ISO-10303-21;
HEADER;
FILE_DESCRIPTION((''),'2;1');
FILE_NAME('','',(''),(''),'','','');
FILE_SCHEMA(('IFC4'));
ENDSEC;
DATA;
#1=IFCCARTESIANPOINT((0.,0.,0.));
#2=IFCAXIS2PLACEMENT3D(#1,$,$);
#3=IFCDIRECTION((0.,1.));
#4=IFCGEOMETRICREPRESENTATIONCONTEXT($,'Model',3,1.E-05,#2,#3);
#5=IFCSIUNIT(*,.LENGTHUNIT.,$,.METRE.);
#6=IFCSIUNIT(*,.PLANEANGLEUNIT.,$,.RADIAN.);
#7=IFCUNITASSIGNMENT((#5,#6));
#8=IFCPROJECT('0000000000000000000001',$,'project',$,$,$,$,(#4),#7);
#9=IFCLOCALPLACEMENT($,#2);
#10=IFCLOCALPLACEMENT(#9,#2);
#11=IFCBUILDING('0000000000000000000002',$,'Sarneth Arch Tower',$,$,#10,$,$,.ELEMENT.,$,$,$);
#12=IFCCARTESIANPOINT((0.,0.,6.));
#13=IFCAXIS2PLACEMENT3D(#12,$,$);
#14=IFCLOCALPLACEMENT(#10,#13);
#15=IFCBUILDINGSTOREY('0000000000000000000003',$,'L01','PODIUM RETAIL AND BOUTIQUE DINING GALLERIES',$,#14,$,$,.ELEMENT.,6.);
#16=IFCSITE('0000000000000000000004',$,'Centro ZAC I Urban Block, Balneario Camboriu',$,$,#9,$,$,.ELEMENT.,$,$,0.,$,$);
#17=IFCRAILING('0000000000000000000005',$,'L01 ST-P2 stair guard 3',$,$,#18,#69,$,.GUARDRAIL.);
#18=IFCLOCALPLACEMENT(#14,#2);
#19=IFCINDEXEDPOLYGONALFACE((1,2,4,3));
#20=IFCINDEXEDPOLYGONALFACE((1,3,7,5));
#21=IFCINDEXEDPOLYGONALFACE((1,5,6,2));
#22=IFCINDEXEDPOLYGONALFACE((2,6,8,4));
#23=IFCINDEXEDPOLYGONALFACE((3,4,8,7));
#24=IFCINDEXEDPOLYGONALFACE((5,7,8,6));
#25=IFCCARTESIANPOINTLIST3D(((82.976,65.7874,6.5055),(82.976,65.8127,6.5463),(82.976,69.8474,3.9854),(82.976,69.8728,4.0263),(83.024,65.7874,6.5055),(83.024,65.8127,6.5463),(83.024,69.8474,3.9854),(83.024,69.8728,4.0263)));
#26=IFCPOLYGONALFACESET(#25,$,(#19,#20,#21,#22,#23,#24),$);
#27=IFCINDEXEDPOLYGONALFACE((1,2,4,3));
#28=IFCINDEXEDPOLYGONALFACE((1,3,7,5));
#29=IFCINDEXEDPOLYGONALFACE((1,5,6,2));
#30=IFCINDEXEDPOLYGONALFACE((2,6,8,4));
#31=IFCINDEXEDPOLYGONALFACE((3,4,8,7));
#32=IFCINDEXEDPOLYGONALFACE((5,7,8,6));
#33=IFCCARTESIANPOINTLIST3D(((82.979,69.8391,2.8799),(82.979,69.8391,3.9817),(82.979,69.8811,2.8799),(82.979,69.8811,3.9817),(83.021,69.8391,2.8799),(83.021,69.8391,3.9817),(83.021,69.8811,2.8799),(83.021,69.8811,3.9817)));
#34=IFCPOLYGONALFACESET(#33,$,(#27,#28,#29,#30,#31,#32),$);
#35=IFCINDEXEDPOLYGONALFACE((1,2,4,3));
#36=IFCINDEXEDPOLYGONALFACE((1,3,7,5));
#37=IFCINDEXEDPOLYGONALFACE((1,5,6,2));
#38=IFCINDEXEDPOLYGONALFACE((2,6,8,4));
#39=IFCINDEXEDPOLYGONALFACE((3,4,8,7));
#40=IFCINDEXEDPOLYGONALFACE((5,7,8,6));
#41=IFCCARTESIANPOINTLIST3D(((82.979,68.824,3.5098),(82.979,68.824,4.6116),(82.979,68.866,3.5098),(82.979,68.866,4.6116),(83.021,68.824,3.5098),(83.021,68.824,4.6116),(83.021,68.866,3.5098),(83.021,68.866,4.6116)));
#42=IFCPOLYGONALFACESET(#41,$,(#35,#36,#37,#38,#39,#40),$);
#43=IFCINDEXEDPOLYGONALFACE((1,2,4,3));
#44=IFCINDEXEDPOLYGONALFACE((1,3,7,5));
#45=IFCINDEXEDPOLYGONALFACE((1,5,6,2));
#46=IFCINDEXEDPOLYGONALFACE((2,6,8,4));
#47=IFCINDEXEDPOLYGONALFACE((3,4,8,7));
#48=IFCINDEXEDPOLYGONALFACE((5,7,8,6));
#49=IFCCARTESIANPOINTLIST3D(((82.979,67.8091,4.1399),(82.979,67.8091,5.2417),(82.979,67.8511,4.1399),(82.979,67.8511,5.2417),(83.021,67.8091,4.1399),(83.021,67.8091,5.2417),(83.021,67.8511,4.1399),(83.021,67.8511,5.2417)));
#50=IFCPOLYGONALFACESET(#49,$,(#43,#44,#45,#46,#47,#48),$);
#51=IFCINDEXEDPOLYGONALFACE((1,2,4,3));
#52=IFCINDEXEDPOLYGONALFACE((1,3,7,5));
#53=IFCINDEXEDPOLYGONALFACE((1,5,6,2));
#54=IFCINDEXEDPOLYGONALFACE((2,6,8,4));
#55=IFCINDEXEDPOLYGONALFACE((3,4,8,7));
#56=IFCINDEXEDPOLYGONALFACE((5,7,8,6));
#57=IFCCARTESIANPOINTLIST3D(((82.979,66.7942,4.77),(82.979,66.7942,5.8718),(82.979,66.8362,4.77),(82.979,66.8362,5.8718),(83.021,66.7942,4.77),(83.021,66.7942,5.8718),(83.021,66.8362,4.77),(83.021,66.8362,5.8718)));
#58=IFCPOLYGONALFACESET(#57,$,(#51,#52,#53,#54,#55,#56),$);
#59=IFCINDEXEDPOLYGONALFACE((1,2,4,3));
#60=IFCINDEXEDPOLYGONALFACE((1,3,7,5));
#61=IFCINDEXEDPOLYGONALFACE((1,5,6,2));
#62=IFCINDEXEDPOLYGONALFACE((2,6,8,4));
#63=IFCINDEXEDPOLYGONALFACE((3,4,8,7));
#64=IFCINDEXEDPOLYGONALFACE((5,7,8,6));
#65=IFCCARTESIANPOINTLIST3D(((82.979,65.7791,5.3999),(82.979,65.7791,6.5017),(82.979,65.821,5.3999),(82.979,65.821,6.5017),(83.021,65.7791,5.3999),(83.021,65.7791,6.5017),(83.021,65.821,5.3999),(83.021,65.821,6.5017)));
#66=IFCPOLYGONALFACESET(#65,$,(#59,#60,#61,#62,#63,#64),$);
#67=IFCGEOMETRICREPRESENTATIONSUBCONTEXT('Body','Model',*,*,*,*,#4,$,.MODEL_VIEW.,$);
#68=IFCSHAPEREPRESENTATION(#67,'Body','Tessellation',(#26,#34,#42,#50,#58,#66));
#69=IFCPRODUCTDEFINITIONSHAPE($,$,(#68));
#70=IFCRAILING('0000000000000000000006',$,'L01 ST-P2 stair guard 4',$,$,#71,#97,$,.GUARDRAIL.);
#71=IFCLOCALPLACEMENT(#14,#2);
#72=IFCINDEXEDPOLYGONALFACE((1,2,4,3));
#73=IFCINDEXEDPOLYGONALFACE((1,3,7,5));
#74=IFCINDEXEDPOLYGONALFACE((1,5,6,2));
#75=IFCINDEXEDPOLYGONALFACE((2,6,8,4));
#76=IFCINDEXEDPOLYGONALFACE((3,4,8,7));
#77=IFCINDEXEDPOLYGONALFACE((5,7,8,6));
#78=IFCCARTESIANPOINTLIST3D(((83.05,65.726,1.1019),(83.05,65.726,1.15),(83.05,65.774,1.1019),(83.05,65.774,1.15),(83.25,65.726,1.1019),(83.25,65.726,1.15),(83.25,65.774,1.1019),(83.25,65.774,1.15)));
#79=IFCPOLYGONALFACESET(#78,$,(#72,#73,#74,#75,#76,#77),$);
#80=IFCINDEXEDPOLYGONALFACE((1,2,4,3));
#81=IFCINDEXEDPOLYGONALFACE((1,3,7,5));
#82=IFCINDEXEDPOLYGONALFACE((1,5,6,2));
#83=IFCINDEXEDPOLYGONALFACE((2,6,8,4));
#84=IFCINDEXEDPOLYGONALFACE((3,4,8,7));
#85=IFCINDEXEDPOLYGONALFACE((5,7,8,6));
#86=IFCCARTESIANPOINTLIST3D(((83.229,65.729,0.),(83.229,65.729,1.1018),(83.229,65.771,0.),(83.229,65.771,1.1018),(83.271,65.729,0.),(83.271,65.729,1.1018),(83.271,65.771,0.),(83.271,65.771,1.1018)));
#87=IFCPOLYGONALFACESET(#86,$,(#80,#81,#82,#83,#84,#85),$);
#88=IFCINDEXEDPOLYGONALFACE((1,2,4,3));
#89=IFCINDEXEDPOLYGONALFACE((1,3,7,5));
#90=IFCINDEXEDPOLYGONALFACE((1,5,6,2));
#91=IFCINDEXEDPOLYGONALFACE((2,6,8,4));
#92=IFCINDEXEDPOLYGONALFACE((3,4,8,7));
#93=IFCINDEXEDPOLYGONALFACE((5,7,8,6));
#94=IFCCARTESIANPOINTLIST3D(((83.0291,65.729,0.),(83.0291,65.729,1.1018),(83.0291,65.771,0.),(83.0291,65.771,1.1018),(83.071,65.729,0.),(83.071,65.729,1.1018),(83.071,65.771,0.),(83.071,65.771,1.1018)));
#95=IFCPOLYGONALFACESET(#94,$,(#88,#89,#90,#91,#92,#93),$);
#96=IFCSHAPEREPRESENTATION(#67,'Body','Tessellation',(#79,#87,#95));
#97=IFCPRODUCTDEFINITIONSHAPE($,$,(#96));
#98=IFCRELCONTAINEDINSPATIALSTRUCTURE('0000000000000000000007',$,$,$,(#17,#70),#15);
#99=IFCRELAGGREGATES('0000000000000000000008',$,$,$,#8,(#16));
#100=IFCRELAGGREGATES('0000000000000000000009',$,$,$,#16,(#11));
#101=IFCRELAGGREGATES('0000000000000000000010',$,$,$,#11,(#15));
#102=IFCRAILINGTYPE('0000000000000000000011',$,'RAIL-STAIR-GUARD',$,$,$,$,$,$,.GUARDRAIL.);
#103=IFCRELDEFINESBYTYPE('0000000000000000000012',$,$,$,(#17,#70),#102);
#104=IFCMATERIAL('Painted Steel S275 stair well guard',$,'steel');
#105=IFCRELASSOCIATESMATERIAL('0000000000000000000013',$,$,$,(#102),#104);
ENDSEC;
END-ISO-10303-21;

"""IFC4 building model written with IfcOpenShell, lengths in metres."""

from ifc_helpers import new_model, si_unit, direction, frame, origin, origin_2d, place, context, subcontext, project, spatial, rectangle, extrude, material, type_object, element, save


model = new_model("IFC4")

# Units and contexts
model_context = context("Model", 3, precision=1e-05, world=origin(), true_north=direction((0.0, 1.0)))
body_context = subcontext(model_context, "Body", "Model", "MODEL_VIEW")
ifc_project = project(units=[si_unit("LENGTHUNIT", "METRE"), si_unit("PLANEANGLEUNIT", "RADIAN")], contexts=[model_context])

# Site, building, storey
site_placement = place(None, origin())
site = spatial("IfcSite", under=ifc_project, at=site_placement, Name="Centro ZAC I Urban Block, Balneario Camboriu", CompositionType="ELEMENT", RefElevation=0.0)
building_placement = place(site_placement, origin())
building = spatial("IfcBuilding", under=site, at=building_placement, Name="Sarneth Arch Tower", CompositionType="ELEMENT")
storey_placement = place(building_placement, frame((0.0, 0.0, 6.0)))
storey = spatial("IfcBuildingStorey", under=building, at=storey_placement, Name="L01", Description="PODIUM RETAIL AND BOUTIQUE DINING GALLERIES", CompositionType="ELEMENT", Elevation=6.0)

# Railings
ifc_material_1 = material(Name="Painted Steel S275 stair well guard", Category="steel")
railing_type_1 = type_object("IfcRailingType", Name="RAIL-STAIR-GUARD", PredefinedType="GUARDRAIL", material=ifc_material_1)
railing_1_placement = place(storey_placement, frame((83.0, 69.8601, 2.8799)))
element("IfcRailing", 1, at=railing_1_placement, inside=storey, type_object=railing_type_1, Name="L01 ST-P2 stair guard 3", PredefinedType="GUARDRAIL", context=body_context, shape_type="SweptSolid", body=[
    extrude(rectangle(XDim=0.0481, YDim=0.0481, at=origin_2d()), frame((0.0, 0.0, 1.126), z_axis=(0.0, -0.849642, 0.52736), x_axis=(1.0, 0.0, 0.0)), (0.0, 0.0, 1.0), 4.7786),
    extrude(rectangle(XDim=0.042, YDim=0.042, at=origin_2d()), origin(), (0.0, 0.0, 1.0), 1.1018),
    extrude(rectangle(XDim=0.042, YDim=0.042, at=origin_2d()), frame((0.0, -1.0151, 0.6299)), (0.0, 0.0, 1.0), 1.1018),
    extrude(rectangle(XDim=0.042, YDim=0.042, at=origin_2d()), frame((0.0, -2.03, 1.26)), (0.0, 0.0, 1.0), 1.1018),
    extrude(rectangle(XDim=0.042, YDim=0.042, at=origin_2d()), frame((0.0, -3.0449, 1.8901)), (0.0, 0.0, 1.0), 1.1018),
    extrude(rectangle(XDim=0.042, YDim=0.042, at=origin_2d()), frame((0.0, -4.0601, 2.52)), (0.0, 0.0, 1.0), 1.1018),
])
railing_2_placement = place(storey_placement, frame((83.25, 65.75, 0.0)))
element("IfcRailing", 2, at=railing_2_placement, inside=storey, type_object=railing_type_1, Name="L01 ST-P2 stair guard 4", PredefinedType="GUARDRAIL", context=body_context, shape_type="SweptSolid", body=[
    extrude(rectangle(XDim=0.0481, YDim=0.0481, at=origin_2d()), frame((0.0, 0.0, 1.126), z_axis=(-1.0, 0.0, 0.0), x_axis=(0.0, -1.0, 0.0)), (0.0, 0.0, 1.0), 0.2),
    extrude(rectangle(XDim=0.042, YDim=0.042, at=origin_2d()), origin(), (0.0, 0.0, 1.0), 1.1018),
    extrude(rectangle(XDim=0.042, YDim=0.042, at=origin_2d()), frame((-0.2, 0.0, 0.0)), (0.0, 0.0, 1.0), 1.1018),
])

save(model, "model.ifc")
